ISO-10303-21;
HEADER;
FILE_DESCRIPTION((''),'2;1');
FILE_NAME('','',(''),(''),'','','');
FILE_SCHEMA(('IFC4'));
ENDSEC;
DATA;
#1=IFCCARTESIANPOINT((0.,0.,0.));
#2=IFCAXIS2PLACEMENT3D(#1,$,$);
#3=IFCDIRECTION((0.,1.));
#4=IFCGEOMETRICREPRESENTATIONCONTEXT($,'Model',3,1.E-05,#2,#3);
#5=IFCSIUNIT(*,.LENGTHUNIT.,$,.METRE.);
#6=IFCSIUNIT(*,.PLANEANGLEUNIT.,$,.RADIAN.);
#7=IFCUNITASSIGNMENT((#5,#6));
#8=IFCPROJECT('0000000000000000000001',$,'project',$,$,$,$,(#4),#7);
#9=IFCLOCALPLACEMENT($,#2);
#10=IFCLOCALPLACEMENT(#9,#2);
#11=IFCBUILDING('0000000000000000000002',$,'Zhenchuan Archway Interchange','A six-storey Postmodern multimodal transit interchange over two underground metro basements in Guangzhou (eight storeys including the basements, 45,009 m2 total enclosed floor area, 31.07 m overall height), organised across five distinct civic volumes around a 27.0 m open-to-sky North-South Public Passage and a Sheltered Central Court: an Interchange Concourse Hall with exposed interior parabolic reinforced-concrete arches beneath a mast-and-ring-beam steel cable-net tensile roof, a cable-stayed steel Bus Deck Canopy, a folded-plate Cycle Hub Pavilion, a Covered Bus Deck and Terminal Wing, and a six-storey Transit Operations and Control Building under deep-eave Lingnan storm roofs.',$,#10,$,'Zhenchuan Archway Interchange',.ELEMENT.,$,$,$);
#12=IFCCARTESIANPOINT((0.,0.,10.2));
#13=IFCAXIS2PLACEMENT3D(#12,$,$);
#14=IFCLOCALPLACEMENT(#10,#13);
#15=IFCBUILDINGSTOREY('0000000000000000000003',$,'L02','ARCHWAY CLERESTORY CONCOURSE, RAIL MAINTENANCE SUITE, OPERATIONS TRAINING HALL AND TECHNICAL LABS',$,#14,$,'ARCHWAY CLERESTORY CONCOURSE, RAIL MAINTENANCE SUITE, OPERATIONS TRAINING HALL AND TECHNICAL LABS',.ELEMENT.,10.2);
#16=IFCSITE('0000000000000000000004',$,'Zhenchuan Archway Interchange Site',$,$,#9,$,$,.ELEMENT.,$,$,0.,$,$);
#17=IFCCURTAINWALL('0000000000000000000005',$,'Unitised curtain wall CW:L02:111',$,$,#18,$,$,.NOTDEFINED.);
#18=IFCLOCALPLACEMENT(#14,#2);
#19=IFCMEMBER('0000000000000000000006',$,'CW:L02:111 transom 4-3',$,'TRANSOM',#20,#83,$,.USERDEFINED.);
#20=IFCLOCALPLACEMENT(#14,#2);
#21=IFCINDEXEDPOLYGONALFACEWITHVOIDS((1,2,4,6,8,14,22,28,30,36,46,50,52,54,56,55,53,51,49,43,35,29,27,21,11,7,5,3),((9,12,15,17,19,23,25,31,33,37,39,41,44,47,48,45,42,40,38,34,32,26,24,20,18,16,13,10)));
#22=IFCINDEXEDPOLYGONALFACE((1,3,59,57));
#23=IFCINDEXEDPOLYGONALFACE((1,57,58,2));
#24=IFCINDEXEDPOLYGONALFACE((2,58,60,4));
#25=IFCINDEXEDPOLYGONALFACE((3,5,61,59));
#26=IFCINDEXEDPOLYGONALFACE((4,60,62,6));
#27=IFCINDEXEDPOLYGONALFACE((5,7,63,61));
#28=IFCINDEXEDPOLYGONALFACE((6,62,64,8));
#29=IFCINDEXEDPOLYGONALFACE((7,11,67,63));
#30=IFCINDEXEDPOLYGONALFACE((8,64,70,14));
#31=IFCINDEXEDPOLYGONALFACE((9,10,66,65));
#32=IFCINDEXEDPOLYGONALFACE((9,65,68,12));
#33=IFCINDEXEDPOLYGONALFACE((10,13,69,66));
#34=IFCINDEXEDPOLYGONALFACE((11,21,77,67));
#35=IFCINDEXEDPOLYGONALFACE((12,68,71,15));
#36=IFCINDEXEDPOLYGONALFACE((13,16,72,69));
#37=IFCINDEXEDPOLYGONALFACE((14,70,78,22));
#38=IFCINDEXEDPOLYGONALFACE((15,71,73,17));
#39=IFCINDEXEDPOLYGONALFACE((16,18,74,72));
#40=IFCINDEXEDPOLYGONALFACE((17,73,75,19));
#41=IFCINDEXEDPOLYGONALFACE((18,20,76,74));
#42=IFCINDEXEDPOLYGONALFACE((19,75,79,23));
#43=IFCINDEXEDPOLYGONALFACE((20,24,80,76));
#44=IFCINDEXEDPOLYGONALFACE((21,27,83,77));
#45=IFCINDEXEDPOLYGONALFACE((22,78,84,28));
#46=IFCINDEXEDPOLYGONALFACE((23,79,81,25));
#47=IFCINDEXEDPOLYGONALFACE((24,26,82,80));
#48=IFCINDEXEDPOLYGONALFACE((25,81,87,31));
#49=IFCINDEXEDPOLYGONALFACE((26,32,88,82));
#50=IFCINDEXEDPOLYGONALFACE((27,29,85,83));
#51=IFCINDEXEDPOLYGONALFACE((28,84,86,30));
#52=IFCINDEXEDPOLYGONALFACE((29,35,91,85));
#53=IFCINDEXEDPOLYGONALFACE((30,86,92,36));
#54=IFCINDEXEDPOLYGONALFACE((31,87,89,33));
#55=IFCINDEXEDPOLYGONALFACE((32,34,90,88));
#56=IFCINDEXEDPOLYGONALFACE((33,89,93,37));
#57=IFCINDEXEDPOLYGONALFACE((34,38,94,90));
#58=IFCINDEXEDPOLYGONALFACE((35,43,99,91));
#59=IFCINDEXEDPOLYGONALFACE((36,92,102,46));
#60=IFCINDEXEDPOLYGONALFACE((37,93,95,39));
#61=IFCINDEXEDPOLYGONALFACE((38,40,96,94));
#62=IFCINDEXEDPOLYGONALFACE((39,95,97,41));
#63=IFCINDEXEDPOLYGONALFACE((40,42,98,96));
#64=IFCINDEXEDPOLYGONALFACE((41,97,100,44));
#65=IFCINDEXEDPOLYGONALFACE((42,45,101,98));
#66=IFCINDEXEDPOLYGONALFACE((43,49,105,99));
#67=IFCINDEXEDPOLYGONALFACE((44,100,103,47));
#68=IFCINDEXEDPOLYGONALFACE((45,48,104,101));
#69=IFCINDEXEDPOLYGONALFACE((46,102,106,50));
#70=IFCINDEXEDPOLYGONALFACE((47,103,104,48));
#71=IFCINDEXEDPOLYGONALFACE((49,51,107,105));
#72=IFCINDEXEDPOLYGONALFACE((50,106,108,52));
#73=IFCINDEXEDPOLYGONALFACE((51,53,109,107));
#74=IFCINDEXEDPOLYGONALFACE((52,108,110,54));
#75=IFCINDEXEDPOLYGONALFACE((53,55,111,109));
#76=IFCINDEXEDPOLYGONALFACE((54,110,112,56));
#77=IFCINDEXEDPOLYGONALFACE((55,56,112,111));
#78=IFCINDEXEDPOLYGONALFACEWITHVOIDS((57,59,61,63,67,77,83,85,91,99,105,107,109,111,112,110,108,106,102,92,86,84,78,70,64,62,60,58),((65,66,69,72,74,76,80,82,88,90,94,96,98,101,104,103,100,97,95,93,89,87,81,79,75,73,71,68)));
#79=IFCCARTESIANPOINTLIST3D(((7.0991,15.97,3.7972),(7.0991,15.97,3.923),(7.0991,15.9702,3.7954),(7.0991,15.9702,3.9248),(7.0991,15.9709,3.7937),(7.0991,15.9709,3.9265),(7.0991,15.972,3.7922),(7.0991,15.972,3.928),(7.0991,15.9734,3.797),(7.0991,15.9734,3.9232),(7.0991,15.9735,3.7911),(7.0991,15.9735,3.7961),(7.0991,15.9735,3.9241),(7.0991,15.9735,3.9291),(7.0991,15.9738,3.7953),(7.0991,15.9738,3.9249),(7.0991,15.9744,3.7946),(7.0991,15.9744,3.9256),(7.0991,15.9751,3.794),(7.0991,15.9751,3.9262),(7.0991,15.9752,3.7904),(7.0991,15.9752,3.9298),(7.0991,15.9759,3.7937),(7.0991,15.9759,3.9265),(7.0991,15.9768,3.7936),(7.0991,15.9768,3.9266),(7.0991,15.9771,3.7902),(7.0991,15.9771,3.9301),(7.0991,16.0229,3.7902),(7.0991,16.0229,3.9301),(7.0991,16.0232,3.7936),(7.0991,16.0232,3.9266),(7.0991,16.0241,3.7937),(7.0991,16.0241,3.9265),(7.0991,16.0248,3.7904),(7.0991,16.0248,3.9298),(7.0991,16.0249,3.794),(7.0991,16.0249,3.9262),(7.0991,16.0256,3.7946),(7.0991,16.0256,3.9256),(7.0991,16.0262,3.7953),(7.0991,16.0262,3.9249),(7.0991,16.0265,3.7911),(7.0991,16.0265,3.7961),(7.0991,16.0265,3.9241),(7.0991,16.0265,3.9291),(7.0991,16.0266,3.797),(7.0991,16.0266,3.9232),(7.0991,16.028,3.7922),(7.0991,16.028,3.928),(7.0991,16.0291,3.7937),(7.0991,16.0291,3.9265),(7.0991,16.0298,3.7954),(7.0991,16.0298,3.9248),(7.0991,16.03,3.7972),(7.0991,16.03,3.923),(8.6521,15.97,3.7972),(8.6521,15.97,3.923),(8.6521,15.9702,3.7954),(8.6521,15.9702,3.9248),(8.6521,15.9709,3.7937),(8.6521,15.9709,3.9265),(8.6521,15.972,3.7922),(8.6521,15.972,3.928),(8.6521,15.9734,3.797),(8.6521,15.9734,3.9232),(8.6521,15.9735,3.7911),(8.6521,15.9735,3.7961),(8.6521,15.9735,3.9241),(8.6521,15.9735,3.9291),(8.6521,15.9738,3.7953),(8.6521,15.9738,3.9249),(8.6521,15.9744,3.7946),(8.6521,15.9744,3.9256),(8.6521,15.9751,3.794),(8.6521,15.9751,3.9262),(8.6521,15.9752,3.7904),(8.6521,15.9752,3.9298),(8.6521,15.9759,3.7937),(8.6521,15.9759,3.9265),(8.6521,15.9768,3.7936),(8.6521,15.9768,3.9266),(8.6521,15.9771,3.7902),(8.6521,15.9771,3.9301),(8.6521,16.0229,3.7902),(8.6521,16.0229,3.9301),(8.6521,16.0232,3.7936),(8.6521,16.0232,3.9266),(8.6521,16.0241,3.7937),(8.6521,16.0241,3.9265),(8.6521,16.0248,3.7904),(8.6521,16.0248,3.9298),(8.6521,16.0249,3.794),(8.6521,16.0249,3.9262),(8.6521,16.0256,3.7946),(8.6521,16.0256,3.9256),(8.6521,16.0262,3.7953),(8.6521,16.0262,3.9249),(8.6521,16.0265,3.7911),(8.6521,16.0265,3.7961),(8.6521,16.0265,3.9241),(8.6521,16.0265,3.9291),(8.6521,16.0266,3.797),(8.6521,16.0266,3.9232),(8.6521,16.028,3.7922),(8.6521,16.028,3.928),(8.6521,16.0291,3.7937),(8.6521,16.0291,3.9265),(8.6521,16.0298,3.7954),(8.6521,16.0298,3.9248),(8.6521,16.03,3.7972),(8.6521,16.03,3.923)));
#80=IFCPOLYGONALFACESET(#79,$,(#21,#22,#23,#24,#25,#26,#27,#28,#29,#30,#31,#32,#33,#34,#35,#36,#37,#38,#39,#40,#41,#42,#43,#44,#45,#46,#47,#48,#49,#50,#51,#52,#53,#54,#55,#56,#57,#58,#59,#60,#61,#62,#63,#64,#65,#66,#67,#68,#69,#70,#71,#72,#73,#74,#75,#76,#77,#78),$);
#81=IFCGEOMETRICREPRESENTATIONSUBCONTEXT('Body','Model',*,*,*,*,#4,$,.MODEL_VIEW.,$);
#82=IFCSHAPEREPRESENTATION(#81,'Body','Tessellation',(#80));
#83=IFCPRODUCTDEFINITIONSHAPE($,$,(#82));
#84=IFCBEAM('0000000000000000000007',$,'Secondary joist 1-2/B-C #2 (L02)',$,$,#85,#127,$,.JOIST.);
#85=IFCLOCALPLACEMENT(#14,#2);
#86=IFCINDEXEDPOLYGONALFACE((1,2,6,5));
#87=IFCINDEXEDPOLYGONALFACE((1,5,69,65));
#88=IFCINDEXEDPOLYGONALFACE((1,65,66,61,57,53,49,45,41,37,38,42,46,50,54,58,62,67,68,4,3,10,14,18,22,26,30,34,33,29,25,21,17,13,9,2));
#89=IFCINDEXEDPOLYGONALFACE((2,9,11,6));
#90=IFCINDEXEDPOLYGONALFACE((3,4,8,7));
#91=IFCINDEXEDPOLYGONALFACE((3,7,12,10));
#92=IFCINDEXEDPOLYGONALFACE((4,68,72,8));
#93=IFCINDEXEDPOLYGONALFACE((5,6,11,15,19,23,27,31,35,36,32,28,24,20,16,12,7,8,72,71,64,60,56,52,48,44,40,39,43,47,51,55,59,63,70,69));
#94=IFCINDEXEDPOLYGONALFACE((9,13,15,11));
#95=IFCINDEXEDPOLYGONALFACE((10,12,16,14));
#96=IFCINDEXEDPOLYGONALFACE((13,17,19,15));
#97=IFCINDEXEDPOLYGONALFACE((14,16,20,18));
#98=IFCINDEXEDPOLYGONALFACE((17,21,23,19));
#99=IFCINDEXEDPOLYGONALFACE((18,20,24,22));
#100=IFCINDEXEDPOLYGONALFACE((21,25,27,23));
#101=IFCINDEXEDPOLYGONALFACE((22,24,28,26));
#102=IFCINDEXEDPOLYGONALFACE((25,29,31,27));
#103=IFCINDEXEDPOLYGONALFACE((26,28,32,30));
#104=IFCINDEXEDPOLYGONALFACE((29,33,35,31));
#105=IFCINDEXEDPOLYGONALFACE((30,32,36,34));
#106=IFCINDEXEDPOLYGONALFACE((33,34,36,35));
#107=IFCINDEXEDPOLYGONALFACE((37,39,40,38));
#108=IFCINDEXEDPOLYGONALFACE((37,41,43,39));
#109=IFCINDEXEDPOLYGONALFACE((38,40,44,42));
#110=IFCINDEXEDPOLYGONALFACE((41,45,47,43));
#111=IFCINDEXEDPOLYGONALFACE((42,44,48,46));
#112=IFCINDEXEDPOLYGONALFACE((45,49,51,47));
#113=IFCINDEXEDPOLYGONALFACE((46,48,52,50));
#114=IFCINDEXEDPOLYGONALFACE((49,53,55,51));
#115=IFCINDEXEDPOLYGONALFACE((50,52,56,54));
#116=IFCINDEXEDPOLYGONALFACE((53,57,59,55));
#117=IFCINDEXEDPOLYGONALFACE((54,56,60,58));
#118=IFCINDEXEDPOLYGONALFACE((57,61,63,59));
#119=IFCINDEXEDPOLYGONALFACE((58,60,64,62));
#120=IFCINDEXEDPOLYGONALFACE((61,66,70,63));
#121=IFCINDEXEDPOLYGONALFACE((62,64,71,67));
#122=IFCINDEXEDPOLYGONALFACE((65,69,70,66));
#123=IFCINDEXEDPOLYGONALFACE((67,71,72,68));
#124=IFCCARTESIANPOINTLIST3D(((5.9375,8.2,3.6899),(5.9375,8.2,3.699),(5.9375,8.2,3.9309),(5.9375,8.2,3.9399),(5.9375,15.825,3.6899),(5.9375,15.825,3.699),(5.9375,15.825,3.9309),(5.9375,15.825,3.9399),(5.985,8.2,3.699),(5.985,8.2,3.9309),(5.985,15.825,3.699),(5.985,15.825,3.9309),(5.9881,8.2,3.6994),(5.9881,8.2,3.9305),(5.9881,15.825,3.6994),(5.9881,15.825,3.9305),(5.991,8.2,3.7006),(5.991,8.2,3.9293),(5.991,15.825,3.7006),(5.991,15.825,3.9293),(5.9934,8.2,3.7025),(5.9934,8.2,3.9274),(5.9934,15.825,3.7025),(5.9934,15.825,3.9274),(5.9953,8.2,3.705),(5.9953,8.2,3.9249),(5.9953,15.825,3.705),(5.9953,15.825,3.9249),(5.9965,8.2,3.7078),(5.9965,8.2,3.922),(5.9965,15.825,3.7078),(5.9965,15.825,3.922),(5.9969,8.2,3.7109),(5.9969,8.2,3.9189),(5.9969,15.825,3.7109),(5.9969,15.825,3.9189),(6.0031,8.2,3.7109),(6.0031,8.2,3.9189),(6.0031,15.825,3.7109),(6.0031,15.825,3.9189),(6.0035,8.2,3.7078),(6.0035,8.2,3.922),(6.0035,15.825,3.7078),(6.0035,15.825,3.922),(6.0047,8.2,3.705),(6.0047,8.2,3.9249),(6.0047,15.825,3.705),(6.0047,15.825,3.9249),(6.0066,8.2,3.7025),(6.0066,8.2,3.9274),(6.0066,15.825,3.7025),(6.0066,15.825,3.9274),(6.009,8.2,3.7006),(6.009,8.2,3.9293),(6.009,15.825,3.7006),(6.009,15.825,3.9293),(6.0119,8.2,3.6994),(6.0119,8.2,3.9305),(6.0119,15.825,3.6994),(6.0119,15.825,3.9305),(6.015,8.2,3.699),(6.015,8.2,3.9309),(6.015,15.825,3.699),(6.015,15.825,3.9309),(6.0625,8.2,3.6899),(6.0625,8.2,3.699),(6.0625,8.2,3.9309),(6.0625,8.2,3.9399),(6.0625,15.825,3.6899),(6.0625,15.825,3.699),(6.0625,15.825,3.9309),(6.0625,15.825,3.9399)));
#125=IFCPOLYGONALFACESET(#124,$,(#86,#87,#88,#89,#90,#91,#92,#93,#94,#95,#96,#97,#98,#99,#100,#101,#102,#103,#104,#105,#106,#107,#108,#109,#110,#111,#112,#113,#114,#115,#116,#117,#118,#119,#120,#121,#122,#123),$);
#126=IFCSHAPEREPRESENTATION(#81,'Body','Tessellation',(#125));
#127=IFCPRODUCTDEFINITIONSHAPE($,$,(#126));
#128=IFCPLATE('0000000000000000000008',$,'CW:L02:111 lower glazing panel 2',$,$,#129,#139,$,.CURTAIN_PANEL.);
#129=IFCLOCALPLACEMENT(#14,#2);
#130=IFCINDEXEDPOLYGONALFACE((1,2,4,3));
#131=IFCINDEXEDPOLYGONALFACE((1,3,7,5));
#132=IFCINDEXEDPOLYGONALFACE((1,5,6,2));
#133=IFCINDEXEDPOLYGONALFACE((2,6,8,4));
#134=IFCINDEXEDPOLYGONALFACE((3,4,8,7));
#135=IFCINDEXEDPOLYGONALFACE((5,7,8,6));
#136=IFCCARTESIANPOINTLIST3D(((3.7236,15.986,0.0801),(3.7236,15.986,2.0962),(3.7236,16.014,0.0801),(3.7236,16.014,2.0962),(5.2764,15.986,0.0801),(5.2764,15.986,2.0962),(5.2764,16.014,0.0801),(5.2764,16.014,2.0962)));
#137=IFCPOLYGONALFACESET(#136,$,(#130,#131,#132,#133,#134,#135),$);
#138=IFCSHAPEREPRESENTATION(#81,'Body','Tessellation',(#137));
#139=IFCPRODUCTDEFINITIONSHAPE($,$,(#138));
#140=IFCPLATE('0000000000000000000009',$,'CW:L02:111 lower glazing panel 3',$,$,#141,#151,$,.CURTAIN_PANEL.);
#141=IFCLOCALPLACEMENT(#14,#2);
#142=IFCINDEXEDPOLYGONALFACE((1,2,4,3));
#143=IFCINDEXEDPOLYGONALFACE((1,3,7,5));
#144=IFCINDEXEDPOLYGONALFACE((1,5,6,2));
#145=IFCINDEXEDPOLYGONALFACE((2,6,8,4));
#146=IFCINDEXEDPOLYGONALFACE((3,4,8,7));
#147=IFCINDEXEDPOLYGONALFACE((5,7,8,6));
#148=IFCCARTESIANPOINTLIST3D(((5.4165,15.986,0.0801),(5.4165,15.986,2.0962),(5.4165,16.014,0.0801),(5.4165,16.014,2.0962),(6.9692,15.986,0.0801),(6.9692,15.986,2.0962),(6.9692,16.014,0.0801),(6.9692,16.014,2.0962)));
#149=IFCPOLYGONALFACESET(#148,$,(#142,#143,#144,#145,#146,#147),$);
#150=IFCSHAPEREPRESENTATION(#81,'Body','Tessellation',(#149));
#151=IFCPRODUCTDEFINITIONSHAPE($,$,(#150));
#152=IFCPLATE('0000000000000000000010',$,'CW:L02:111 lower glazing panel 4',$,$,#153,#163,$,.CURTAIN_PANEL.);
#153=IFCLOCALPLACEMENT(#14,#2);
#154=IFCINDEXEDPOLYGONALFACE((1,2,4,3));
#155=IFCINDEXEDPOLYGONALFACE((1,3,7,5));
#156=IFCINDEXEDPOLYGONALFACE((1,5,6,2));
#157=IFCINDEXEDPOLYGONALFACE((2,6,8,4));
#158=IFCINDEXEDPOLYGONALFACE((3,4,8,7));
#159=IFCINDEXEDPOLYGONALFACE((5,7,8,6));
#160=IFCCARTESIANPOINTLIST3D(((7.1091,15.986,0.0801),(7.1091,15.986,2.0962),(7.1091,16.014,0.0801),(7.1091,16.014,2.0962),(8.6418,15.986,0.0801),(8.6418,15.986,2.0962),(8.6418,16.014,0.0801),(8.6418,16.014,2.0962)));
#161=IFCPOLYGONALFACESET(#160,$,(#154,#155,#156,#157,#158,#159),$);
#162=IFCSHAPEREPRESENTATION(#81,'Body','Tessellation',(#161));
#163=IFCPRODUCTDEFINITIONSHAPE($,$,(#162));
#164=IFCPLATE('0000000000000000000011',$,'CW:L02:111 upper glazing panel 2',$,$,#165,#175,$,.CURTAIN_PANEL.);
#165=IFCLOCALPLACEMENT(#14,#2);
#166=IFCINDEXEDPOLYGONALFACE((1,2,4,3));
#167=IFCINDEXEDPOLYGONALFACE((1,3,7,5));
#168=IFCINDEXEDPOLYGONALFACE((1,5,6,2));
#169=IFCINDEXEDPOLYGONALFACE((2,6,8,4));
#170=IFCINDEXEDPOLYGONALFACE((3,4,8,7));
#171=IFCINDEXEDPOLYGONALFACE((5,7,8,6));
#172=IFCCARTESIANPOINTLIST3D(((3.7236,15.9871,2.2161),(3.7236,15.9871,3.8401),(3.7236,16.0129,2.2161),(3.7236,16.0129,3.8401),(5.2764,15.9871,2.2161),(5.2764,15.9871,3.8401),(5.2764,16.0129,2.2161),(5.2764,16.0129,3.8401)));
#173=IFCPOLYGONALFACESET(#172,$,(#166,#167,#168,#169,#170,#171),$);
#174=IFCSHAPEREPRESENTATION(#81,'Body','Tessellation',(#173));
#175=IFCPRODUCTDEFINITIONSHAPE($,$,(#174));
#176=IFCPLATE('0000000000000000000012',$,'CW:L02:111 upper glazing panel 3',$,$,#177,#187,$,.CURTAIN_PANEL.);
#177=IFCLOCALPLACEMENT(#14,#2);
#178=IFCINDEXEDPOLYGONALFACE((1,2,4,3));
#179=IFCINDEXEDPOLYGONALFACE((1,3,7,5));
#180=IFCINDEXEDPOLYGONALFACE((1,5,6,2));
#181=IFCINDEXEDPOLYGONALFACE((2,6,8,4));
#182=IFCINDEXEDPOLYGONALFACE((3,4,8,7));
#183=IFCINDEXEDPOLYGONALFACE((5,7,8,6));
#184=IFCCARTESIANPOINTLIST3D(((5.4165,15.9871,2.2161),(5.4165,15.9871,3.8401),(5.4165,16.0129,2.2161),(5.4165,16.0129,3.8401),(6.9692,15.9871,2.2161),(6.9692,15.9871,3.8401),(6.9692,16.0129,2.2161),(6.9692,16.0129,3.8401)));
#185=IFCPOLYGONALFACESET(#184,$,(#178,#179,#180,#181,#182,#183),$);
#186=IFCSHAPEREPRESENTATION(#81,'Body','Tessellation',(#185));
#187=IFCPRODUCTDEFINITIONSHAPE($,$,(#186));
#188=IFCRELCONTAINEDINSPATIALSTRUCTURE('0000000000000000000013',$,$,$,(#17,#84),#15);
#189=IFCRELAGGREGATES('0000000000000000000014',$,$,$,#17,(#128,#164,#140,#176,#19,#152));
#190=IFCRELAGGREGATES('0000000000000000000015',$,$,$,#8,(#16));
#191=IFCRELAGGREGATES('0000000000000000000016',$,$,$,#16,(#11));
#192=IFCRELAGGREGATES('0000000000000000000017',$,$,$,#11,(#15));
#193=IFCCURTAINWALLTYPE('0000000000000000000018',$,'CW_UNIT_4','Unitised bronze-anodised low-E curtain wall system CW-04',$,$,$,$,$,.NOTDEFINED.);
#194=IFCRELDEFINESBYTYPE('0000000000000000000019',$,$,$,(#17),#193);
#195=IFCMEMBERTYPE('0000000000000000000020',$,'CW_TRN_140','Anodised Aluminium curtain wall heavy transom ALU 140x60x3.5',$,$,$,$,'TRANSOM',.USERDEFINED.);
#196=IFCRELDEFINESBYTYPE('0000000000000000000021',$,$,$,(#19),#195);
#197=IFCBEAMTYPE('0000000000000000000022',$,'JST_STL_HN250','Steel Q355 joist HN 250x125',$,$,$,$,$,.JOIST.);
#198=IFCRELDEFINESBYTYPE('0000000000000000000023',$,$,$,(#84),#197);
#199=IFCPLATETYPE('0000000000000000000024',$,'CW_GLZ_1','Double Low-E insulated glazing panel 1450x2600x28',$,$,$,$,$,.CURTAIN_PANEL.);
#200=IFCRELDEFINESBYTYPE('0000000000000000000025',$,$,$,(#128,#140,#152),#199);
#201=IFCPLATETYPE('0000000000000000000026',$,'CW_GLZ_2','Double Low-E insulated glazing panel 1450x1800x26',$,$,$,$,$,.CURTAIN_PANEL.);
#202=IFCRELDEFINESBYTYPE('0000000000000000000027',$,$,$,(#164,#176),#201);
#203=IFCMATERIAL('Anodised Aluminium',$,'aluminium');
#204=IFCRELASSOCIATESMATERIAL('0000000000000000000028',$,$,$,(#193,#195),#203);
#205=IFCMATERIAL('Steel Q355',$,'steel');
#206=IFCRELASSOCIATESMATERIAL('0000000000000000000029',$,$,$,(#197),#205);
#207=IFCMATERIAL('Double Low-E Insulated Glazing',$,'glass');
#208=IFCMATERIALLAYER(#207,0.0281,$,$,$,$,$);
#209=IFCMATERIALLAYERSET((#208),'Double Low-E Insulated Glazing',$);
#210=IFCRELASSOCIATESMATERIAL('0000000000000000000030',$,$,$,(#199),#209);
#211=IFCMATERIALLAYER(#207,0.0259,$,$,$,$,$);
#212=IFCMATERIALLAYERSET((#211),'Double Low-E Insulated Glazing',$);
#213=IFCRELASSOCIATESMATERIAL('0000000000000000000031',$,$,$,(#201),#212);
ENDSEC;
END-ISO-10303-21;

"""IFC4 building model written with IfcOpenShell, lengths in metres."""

from ifc_helpers import new_model, si_unit, direction, frame, origin, origin_2d, place, context, subcontext, project, spatial, rectangle, hollow_rectangle, i_section, extrude, material, layer, layer_set, material_profile, profile_set, type_object, element, aggregate, save


model = new_model("IFC4")

# Units and contexts
model_context = context("Model", 3, precision=1e-05, world=origin(), true_north=direction((0.0, 1.0)))
body_context = subcontext(model_context, "Body", "Model", "MODEL_VIEW")
ifc_project = project(units=[si_unit("LENGTHUNIT", "METRE"), si_unit("PLANEANGLEUNIT", "RADIAN")], contexts=[model_context])

# Site, building, storey
site_placement = place(None, origin())
site = spatial("IfcSite", under=ifc_project, at=site_placement, Name="Zhenchuan Archway Interchange Site", CompositionType="ELEMENT", RefElevation=0.0)
building_placement = place(site_placement, origin())
building = spatial("IfcBuilding", under=site, at=building_placement, Name="Zhenchuan Archway Interchange", Description="A six-storey Postmodern multimodal transit interchange over two underground metro basements in Guangzhou (eight storeys including the basements, 45,009 m2 total enclosed floor area, 31.07 m overall height), organised across five distinct civic volumes around a 27.0 m open-to-sky North-South Public Passage and a Sheltered Central Court: an Interchange Concourse Hall with exposed interior parabolic reinforced-concrete arches beneath a mast-and-ring-beam steel cable-net tensile roof, a cable-stayed steel Bus Deck Canopy, a folded-plate Cycle Hub Pavilion, a Covered Bus Deck and Terminal Wing, and a six-storey Transit Operations and Control Building under deep-eave Lingnan storm roofs.", LongName="Zhenchuan Archway Interchange", CompositionType="ELEMENT")
storey_placement = place(building_placement, frame((0.0, 0.0, 10.2)))
storey = spatial("IfcBuildingStorey", under=building, at=storey_placement, Name="L02", Description="ARCHWAY CLERESTORY CONCOURSE, RAIL MAINTENANCE SUITE, OPERATIONS TRAINING HALL AND TECHNICAL LABS", LongName="ARCHWAY CLERESTORY CONCOURSE, RAIL MAINTENANCE SUITE, OPERATIONS TRAINING HALL AND TECHNICAL LABS", CompositionType="ELEMENT", Elevation=10.2)

# Curtain wall, member
ifc_material_1 = material(Name="Anodised Aluminium", Category="aluminium")
curtain_wall_type = type_object("IfcCurtainWallType", Name="CW_UNIT_4", Description="Unitised bronze-anodised low-E curtain wall system CW-04", PredefinedType="NOTDEFINED", material=ifc_material_1)
curtain_wall_placement = place(storey_placement, origin())
curtain_wall = element("IfcCurtainWall", 1, at=curtain_wall_placement, inside=storey, type_object=curtain_wall_type, Name="Unitised curtain wall CW:L02:111", PredefinedType="NOTDEFINED")
ifc_material_profile_1 = material_profile(ifc_material_1, hollow_rectangle(XDim=0.0601, YDim=0.1399, WallThickness=0.0034, InnerFilletRadius=0.0034, OuterFilletRadius=0.0071, at=origin_2d()), Name="ALU 140x60x3.5")
ifc_profile_set_1 = profile_set([ifc_material_profile_1], Name="Anodised Aluminium")
member_type_1 = type_object("IfcMemberType", Name="CW_TRN_140", Description="Anodised Aluminium curtain wall heavy transom ALU 140x60x3.5", ElementType="TRANSOM", PredefinedType="USERDEFINED", material=ifc_profile_set_1)
member_1_placement = place(storey_placement, frame((7.0991, 16.0, 3.8601), z_axis=(1.0, 0.0, 0.0), x_axis=(0.0, 1.0, 0.0)))
member_1 = element("IfcMember", 2, at=member_1_placement, type_object=member_type_1, Name="CW:L02:111 transom 4-3", ObjectType="TRANSOM", PredefinedType="USERDEFINED", context=body_context, shape_type="SweptSolid", body=[
    extrude(hollow_rectangle(XDim=0.0601, YDim=0.1399, WallThickness=0.0034, InnerFilletRadius=0.0034, OuterFilletRadius=0.0071, at=origin_2d()), origin(), (0.0, 0.0, 1.0), 1.553),
])

# Beam
ifc_material_2 = material(Name="Steel Q355", Category="steel")
ifc_material_profile_2 = material_profile(ifc_material_2, i_section(OverallWidth=0.125, OverallDepth=0.25, WebThickness=0.0061, FlangeThickness=0.009, FilletRadius=0.012, at=origin_2d()), Name="HN 250x125")
ifc_profile_set_2 = profile_set([ifc_material_profile_2], Name="Steel Q355")
beam_type_1 = type_object("IfcBeamType", Name="JST_STL_HN250", Description="Steel Q355 joist HN 250x125", PredefinedType="JOIST", material=ifc_profile_set_2)
beam_1_placement = place(storey_placement, frame((6.0, 8.2, 3.8149), z_axis=(0.0, 1.0, 0.0), x_axis=(-1.0, 0.0, 0.0)))
element("IfcBeam", 3, at=beam_1_placement, inside=storey, type_object=beam_type_1, Name="Secondary joist 1-2/B-C #2 (L02)", PredefinedType="JOIST", context=body_context, shape_type="SweptSolid", body=[
    extrude(i_section(OverallWidth=0.125, OverallDepth=0.25, WebThickness=0.0061, FlangeThickness=0.009, FilletRadius=0.012, at=origin_2d()), origin(), (0.0, 0.0, 1.0), 7.625),
])

# Plates
ifc_material_3 = material(Name="Double Low-E Insulated Glazing", Category="glass")
ifc_layer_1 = layer(ifc_material_3, 0.0281)
ifc_layer_set_1 = layer_set([ifc_layer_1], Name="Double Low-E Insulated Glazing")
plate_type_1 = type_object("IfcPlateType", Name="CW_GLZ_1", Description="Double Low-E insulated glazing panel 1450x2600x28", PredefinedType="CURTAIN_PANEL", material=ifc_layer_set_1)
plate_1_placement = place(storey_placement, frame((4.5, 16.0, 0.0801), z_axis=(0.0, 0.0, 1.0), x_axis=(1.0, 0.0, 0.0)))
plate_1 = element("IfcPlate", 4, at=plate_1_placement, type_object=plate_type_1, Name="CW:L02:111 lower glazing panel 2", PredefinedType="CURTAIN_PANEL", context=body_context, shape_type="SweptSolid", body=[
    extrude(rectangle(XDim=1.5527, YDim=0.0281, at=origin_2d()), origin(), (0.0, 0.0, 1.0), 2.0161),
])
plate_2_placement = place(storey_placement, frame((6.1929, 16.0, 0.0801), z_axis=(0.0, 0.0, 1.0), x_axis=(1.0, 0.0, 0.0)))
plate_2 = element("IfcPlate", 5, at=plate_2_placement, type_object=plate_type_1, Name="CW:L02:111 lower glazing panel 3", PredefinedType="CURTAIN_PANEL", context=body_context, shape_type="SweptSolid", body=[
    extrude(rectangle(XDim=1.5527, YDim=0.0281, at=origin_2d()), origin(), (0.0, 0.0, 1.0), 2.0161),
])
plate_3_placement = place(storey_placement, frame((7.8755, 16.0, 0.0801), z_axis=(0.0, 0.0, 1.0), x_axis=(1.0, 0.0, 0.0)))
plate_3 = element("IfcPlate", 6, at=plate_3_placement, type_object=plate_type_1, Name="CW:L02:111 lower glazing panel 4", PredefinedType="CURTAIN_PANEL", context=body_context, shape_type="SweptSolid", body=[
    extrude(rectangle(XDim=1.5327, YDim=0.0281, at=origin_2d()), origin(), (0.0, 0.0, 1.0), 2.0161),
])
ifc_layer_2 = layer(ifc_material_3, 0.0259)
ifc_layer_set_2 = layer_set([ifc_layer_2], Name="Double Low-E Insulated Glazing")
plate_type_2 = type_object("IfcPlateType", Name="CW_GLZ_2", Description="Double Low-E insulated glazing panel 1450x1800x26", PredefinedType="CURTAIN_PANEL", material=ifc_layer_set_2)
plate_4_placement = place(storey_placement, frame((4.5, 16.0, 2.2161), z_axis=(0.0, 0.0, 1.0), x_axis=(1.0, 0.0, 0.0)))
plate_4 = element("IfcPlate", 7, at=plate_4_placement, type_object=plate_type_2, Name="CW:L02:111 upper glazing panel 2", PredefinedType="CURTAIN_PANEL", context=body_context, shape_type="SweptSolid", body=[
    extrude(rectangle(XDim=1.5527, YDim=0.0259, at=origin_2d()), origin(), (0.0, 0.0, 1.0), 1.624),
])
plate_5_placement = place(storey_placement, frame((6.1929, 16.0, 2.2161), z_axis=(0.0, 0.0, 1.0), x_axis=(1.0, 0.0, 0.0)))
plate_5 = element("IfcPlate", 8, at=plate_5_placement, type_object=plate_type_2, Name="CW:L02:111 upper glazing panel 3", PredefinedType="CURTAIN_PANEL", context=body_context, shape_type="SweptSolid", body=[
    extrude(rectangle(XDim=1.5527, YDim=0.0259, at=origin_2d()), origin(), (0.0, 0.0, 1.0), 1.624),
])
aggregate(curtain_wall, [plate_1, plate_4, plate_2, plate_5, member_1, plate_3])

save(model, "model.ifc")
